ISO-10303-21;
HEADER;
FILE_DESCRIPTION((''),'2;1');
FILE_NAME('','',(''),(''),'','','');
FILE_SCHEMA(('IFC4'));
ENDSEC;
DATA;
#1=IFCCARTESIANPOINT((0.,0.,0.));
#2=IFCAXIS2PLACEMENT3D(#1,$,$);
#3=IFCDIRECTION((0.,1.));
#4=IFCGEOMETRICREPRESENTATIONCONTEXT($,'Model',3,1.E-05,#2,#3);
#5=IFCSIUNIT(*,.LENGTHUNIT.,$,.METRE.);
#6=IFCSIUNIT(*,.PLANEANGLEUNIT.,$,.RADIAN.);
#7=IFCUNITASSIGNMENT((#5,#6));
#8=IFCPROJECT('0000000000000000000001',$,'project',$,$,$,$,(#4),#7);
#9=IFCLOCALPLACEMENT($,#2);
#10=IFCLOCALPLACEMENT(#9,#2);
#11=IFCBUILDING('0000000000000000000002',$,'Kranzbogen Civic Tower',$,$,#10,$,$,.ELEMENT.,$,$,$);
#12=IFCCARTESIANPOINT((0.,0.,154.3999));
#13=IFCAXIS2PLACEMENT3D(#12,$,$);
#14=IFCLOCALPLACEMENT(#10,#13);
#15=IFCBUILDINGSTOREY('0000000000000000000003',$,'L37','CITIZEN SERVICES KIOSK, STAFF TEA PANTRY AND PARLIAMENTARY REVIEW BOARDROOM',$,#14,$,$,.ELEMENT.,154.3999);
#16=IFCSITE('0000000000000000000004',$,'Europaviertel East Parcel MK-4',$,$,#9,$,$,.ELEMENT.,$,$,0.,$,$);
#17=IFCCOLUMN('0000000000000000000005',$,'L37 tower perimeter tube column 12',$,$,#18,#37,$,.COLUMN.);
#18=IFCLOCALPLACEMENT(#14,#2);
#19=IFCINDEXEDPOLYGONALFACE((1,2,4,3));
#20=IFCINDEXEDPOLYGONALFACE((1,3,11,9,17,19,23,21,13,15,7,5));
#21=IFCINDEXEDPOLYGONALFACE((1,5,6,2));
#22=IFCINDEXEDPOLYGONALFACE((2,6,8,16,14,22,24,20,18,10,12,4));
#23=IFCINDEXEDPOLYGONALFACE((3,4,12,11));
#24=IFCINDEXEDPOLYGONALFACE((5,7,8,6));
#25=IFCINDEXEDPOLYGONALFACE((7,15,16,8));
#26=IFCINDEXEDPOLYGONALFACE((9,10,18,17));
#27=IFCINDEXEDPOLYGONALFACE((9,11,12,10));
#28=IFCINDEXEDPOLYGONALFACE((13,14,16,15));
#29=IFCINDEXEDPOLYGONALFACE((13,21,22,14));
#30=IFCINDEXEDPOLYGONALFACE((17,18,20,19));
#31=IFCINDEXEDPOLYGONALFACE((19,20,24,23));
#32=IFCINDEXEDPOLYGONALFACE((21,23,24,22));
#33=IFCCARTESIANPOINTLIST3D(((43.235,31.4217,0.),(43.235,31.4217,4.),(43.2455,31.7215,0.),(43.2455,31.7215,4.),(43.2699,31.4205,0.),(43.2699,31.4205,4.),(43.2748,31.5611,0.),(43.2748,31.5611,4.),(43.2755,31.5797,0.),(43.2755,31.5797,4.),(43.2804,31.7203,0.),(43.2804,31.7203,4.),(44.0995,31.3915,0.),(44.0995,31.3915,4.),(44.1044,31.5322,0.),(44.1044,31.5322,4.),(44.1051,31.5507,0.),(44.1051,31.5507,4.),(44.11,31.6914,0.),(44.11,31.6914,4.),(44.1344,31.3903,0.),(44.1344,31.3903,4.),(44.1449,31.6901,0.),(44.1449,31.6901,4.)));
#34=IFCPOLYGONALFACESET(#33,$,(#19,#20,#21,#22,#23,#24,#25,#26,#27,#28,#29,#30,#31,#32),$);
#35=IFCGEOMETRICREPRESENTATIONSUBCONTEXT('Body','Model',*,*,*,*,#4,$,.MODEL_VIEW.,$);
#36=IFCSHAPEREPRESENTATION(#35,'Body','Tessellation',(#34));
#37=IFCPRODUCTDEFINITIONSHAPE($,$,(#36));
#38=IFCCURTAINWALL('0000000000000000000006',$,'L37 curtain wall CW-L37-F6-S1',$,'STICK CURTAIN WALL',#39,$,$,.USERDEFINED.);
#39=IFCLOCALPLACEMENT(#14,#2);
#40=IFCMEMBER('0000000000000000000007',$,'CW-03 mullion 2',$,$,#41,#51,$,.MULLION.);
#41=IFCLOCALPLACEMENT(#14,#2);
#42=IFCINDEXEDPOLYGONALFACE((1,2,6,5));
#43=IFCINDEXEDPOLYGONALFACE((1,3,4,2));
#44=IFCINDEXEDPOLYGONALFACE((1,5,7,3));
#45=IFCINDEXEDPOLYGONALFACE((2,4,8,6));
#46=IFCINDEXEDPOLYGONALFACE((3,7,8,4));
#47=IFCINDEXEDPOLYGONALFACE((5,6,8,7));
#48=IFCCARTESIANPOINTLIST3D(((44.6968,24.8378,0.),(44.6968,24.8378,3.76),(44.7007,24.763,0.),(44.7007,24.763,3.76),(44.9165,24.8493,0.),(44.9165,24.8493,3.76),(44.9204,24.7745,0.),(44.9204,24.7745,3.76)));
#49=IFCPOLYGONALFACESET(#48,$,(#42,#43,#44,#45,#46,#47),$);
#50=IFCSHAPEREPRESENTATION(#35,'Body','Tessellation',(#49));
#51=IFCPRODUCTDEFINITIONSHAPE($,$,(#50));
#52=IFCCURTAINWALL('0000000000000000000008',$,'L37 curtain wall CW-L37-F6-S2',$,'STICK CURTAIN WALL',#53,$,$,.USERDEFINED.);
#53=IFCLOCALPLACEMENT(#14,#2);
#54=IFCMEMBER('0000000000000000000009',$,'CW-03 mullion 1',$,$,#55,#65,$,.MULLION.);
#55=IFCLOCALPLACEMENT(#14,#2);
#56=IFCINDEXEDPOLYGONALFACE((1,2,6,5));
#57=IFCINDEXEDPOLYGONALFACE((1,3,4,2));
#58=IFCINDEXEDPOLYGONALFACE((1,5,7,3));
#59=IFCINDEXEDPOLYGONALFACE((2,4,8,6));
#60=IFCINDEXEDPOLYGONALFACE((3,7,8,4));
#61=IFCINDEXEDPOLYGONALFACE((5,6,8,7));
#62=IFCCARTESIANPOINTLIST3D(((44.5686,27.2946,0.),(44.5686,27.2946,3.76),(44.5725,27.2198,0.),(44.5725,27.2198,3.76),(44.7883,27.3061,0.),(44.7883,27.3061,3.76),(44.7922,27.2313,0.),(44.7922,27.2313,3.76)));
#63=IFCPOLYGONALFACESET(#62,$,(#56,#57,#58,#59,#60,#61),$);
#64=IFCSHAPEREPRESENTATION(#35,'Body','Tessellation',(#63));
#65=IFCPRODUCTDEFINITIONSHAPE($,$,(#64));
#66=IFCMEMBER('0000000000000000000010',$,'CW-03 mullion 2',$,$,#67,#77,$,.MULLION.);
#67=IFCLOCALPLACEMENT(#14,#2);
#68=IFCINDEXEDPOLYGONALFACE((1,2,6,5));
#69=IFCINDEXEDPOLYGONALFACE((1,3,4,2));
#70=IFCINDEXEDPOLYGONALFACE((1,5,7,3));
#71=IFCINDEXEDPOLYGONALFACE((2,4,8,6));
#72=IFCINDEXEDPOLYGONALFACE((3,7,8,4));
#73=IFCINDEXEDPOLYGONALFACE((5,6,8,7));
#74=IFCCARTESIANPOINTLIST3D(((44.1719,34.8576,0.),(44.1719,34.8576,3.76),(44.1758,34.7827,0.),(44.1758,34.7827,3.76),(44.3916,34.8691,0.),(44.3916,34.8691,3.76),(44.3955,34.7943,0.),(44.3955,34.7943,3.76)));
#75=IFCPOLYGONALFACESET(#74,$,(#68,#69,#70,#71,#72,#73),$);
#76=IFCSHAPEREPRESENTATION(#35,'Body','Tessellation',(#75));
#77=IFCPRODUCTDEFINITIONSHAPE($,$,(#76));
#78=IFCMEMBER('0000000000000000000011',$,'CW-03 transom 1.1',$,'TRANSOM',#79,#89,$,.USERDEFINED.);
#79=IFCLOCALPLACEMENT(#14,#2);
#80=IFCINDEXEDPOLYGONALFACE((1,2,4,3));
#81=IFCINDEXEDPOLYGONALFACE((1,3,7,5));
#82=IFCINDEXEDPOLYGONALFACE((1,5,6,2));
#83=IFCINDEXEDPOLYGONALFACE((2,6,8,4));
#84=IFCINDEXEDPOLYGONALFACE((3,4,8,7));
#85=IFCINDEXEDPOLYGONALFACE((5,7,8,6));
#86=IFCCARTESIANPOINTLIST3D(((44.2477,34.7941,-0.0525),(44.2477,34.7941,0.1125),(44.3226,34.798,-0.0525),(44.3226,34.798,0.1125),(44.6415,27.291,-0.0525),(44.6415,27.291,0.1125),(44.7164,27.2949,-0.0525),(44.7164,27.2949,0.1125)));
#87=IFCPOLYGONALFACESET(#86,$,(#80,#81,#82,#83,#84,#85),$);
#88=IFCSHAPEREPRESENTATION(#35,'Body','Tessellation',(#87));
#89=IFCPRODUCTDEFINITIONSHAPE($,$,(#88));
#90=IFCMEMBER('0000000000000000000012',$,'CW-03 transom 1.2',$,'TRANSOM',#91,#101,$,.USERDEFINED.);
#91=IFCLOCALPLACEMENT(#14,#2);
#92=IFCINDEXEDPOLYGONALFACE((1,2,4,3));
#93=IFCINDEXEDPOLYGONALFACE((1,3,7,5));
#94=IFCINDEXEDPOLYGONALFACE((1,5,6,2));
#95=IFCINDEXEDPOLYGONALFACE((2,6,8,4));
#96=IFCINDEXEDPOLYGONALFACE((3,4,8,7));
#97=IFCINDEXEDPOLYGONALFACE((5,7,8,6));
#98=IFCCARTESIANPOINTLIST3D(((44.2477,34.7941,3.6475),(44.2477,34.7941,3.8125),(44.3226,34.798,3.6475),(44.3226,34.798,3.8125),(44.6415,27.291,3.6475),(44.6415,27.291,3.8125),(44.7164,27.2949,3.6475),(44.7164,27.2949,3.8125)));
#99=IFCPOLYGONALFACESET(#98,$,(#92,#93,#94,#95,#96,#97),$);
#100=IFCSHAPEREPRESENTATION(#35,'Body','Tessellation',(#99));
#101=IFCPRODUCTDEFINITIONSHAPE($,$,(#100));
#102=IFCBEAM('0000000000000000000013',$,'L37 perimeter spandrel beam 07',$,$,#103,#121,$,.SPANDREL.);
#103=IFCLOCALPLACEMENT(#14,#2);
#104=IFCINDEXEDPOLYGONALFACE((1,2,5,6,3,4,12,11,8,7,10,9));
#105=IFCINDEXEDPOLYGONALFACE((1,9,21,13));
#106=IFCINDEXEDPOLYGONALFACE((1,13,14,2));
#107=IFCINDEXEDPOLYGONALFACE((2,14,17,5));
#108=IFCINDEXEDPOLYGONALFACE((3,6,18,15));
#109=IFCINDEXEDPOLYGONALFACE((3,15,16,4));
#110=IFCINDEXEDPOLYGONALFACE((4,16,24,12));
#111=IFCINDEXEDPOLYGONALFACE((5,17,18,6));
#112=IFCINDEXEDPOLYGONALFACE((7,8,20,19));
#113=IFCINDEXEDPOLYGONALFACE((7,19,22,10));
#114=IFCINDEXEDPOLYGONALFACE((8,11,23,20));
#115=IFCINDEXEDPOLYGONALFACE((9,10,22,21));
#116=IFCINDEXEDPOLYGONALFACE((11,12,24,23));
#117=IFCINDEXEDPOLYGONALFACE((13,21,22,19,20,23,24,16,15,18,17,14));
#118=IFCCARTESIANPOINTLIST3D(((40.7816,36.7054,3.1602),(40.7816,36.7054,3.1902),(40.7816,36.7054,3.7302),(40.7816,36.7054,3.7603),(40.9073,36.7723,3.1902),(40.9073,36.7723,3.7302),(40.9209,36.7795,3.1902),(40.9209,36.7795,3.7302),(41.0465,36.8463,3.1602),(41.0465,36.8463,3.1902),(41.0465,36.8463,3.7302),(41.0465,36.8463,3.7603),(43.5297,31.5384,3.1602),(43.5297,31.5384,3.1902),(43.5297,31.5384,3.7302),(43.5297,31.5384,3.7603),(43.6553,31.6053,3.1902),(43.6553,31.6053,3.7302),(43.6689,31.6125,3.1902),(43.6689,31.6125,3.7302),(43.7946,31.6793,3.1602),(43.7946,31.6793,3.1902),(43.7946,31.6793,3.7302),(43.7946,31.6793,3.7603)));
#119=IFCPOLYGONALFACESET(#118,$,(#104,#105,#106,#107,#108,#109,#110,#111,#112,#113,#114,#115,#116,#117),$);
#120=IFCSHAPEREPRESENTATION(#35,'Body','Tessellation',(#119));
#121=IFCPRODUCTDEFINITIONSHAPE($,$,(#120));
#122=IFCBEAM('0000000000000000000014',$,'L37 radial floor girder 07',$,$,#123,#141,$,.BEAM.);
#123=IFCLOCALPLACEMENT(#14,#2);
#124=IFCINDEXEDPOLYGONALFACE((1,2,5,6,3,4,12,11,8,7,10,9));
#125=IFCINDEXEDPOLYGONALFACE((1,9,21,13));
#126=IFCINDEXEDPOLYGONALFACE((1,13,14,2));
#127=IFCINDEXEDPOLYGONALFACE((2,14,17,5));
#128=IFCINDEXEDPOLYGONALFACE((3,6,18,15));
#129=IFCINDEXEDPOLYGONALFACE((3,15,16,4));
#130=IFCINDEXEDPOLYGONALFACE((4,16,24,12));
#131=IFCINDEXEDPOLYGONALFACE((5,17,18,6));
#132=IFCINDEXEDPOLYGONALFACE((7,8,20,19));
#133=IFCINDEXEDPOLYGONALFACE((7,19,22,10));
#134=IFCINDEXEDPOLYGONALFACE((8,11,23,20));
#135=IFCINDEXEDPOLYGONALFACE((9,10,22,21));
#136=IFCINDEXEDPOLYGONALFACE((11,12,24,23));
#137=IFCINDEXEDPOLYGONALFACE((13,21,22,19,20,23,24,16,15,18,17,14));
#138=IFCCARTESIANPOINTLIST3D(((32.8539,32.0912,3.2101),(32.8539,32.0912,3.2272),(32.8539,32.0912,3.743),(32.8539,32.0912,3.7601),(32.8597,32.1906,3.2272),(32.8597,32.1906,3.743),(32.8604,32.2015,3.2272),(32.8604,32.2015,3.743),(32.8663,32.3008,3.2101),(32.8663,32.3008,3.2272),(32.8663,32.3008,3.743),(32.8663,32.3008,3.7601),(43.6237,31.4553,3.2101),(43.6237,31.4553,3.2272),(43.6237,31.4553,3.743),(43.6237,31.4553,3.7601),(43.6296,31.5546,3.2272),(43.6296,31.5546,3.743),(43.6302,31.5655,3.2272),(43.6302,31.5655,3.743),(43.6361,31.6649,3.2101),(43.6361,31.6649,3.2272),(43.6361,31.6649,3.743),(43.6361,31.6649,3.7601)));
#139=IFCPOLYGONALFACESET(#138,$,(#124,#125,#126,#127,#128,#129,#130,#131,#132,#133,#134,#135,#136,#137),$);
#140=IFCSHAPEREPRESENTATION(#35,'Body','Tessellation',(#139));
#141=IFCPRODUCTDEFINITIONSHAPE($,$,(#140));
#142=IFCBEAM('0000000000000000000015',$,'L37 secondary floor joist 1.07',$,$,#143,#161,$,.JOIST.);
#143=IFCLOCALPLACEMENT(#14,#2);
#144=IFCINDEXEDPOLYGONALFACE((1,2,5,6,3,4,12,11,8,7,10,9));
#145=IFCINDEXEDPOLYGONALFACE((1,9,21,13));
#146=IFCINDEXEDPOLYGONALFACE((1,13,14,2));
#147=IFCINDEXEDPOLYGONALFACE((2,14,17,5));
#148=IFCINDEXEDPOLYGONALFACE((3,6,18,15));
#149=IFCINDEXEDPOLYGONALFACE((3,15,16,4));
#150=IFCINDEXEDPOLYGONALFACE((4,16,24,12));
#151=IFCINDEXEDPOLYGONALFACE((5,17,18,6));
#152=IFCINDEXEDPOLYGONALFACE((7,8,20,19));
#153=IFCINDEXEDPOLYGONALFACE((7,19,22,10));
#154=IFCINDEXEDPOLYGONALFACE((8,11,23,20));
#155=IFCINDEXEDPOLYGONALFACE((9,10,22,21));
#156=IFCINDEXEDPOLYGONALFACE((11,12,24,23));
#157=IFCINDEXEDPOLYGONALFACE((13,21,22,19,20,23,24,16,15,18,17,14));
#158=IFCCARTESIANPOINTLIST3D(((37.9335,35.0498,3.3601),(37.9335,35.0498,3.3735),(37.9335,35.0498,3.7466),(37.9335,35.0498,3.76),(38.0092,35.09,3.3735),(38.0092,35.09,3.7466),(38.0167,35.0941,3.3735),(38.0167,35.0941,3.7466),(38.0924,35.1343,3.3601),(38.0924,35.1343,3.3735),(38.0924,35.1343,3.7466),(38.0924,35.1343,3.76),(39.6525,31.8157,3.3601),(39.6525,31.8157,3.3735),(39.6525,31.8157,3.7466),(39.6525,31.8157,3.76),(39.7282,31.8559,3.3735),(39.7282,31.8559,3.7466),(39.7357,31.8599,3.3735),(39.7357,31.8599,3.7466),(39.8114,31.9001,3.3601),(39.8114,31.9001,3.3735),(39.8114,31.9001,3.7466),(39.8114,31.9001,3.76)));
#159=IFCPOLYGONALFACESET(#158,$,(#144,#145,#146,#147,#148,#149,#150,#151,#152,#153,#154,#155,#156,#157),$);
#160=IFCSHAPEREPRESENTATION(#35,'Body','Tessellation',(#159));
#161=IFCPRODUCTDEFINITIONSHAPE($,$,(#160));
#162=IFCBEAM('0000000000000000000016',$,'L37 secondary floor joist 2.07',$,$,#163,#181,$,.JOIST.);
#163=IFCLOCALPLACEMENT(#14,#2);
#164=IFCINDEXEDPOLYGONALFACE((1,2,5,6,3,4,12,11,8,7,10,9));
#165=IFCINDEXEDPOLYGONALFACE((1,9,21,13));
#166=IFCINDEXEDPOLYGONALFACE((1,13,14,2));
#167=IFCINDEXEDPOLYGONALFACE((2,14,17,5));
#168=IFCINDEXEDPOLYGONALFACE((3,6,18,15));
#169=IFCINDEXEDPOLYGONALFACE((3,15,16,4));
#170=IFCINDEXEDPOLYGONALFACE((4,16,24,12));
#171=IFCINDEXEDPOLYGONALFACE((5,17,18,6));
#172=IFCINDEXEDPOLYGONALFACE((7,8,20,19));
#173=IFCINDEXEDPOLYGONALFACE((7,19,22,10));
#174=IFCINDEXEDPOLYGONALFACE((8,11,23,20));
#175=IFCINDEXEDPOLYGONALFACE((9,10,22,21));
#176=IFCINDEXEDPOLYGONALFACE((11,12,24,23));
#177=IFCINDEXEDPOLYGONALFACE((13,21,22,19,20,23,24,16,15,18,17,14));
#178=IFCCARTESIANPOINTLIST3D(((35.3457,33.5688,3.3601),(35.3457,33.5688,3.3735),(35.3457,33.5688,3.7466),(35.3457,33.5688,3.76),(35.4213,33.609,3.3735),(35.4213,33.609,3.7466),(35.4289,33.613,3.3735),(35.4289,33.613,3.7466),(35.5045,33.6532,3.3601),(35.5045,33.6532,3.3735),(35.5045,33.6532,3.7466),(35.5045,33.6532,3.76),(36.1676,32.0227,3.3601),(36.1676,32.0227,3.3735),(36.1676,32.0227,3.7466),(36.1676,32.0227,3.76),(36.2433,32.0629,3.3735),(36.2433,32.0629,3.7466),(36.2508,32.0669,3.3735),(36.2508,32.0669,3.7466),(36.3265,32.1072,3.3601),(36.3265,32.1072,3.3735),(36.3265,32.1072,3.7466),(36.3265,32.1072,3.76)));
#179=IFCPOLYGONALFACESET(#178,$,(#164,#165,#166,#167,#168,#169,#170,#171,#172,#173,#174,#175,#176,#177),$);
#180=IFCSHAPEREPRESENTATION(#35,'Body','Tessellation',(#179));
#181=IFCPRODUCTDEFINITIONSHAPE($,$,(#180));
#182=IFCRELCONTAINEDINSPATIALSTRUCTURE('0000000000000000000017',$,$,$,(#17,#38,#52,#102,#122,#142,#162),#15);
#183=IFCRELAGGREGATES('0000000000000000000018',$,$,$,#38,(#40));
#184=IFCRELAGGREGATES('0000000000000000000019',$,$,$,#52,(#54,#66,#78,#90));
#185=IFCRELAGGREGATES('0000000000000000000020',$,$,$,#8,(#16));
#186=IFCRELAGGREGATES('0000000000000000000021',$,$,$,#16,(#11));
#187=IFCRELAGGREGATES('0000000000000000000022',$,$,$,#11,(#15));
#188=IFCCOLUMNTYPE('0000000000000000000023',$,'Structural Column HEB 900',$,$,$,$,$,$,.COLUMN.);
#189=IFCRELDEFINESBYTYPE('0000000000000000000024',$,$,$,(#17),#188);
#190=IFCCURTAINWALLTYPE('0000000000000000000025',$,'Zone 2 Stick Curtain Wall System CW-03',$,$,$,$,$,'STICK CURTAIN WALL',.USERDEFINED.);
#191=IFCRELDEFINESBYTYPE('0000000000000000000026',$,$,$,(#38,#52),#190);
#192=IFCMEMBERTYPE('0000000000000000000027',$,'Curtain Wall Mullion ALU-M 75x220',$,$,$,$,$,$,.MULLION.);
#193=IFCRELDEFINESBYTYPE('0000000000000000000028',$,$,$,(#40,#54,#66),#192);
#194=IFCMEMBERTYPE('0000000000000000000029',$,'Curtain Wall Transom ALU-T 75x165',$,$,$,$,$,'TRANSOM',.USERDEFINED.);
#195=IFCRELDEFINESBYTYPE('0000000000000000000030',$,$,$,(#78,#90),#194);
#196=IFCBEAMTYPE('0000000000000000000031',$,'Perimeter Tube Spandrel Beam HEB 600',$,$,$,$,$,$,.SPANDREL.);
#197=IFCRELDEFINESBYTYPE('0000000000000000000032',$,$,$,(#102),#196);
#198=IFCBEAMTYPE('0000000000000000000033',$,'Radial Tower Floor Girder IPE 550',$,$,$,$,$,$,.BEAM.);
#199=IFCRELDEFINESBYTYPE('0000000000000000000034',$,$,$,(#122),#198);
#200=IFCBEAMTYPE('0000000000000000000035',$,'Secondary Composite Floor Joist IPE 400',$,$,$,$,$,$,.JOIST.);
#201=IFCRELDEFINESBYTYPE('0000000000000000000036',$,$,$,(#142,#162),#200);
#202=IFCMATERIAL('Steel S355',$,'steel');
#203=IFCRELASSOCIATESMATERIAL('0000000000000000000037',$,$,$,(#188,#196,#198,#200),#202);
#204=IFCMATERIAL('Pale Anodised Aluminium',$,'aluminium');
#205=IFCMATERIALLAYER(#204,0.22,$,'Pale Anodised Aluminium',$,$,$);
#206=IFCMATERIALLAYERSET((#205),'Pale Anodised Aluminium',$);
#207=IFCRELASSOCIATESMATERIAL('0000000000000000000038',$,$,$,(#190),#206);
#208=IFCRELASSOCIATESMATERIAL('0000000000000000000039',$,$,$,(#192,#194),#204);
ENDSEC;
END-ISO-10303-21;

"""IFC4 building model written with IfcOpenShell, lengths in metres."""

from ifc_helpers import new_model, si_unit, direction, frame, origin, origin_2d, place, context, subcontext, project, spatial, rectangle, i_section, extrude, material, layer, layer_set, material_profile, profile_set, type_object, element, aggregate, save


model = new_model("IFC4")

# Units and contexts
model_context = context("Model", 3, precision=1e-05, world=origin(), true_north=direction((0.0, 1.0)))
body_context = subcontext(model_context, "Body", "Model", "MODEL_VIEW")
ifc_project = project(units=[si_unit("LENGTHUNIT", "METRE"), si_unit("PLANEANGLEUNIT", "RADIAN")], contexts=[model_context])

# Site, building, storey
site_placement = place(None, origin())
site = spatial("IfcSite", under=ifc_project, at=site_placement, Name="Europaviertel East Parcel MK-4", CompositionType="ELEMENT", RefElevation=0.0)
building_placement = place(site_placement, origin())
building = spatial("IfcBuilding", under=site, at=building_placement, Name="Kranzbogen Civic Tower", CompositionType="ELEMENT")
storey_placement = place(building_placement, frame((0.0, 0.0, 154.3999)))
storey = spatial("IfcBuildingStorey", under=building, at=storey_placement, Name="L37", Description="CITIZEN SERVICES KIOSK, STAFF TEA PANTRY AND PARLIAMENTARY REVIEW BOARDROOM", CompositionType="ELEMENT", Elevation=154.3999)

# Column
ifc_material_1 = material(Name="Steel S355", Category="steel")
ifc_material_profile_1 = material_profile(ifc_material_1, i_section(OverallWidth=0.3, OverallDepth=0.8999, WebThickness=0.0186, FlangeThickness=0.0349, at=origin_2d()), Name="HEB 900")
ifc_profile_set_1 = profile_set([ifc_material_profile_1], Name="Steel S355")
column_type = type_object("IfcColumnType", Name="Structural Column HEB 900", PredefinedType="COLUMN", material=ifc_profile_set_1)
column_placement = place(storey_placement, frame((43.6899, 31.5559, 0.0), z_axis=(0.0, 0.0, 1.0), x_axis=(0.034899, 0.999391, 0.0)))
element("IfcColumn", 1, at=column_placement, inside=storey, type_object=column_type, Name="L37 tower perimeter tube column 12", PredefinedType="COLUMN", context=body_context, shape_type="SweptSolid", body=[
    extrude(i_section(OverallWidth=0.3, OverallDepth=0.8999, WebThickness=0.0186, FlangeThickness=0.0349, at=origin_2d()), origin(), (0.0, 0.0, 1.0), 4.0),
])

# Curtain wall, member
ifc_material_2 = material(Name="Pale Anodised Aluminium", Category="aluminium")
ifc_layer_1 = layer(ifc_material_2, 0.22, Name="Pale Anodised Aluminium")
ifc_layer_set_1 = layer_set([ifc_layer_1], Name="Pale Anodised Aluminium")
curtain_wall_type = type_object("IfcCurtainWallType", Name="Zone 2 Stick Curtain Wall System CW-03", ElementType="STICK CURTAIN WALL", PredefinedType="USERDEFINED", material=ifc_layer_set_1)
curtain_wall_1_placement = place(storey_placement, origin())
curtain_wall_1 = element("IfcCurtainWall", 2, at=curtain_wall_1_placement, inside=storey, type_object=curtain_wall_type, Name="L37 curtain wall CW-L37-F6-S1", ObjectType="STICK CURTAIN WALL", PredefinedType="USERDEFINED")
ifc_material_profile_2 = material_profile(ifc_material_2, rectangle(XDim=0.075, YDim=0.22, at=origin_2d()), Name="ALU-M 75x220")
ifc_profile_set_2 = profile_set([ifc_material_profile_2], Name="Pale Anodised Aluminium")
member_type_1 = type_object("IfcMemberType", Name="Curtain Wall Mullion ALU-M 75x220", PredefinedType="MULLION", material=ifc_profile_set_2)
member_1_placement = place(storey_placement, frame((44.8086, 24.8062, 0.0), z_axis=(0.0, 0.0, 1.0), x_axis=(-0.052394, 0.998626, 0.0)))
member_1 = element("IfcMember", 3, at=member_1_placement, type_object=member_type_1, Name="CW-03 mullion 2", PredefinedType="MULLION", context=body_context, shape_type="SweptSolid", body=[
    extrude(rectangle(XDim=0.075, YDim=0.22, at=origin_2d()), origin(), (0.0, 0.0, 1.0), 3.76),
])
aggregate(curtain_wall_1, [member_1])

# Curtain wall, members
curtain_wall_2_placement = place(storey_placement, origin())
curtain_wall_2 = element("IfcCurtainWall", 4, at=curtain_wall_2_placement, inside=storey, type_object=curtain_wall_type, Name="L37 curtain wall CW-L37-F6-S2", ObjectType="STICK CURTAIN WALL", PredefinedType="USERDEFINED")
member_2_placement = place(storey_placement, frame((44.6804, 27.2629, 0.0), z_axis=(0.0, 0.0, 1.0), x_axis=(-0.052401, 0.998626, 0.0)))
member_2 = element("IfcMember", 5, at=member_2_placement, type_object=member_type_1, Name="CW-03 mullion 1", PredefinedType="MULLION", context=body_context, shape_type="SweptSolid", body=[
    extrude(rectangle(XDim=0.075, YDim=0.22, at=origin_2d()), origin(), (0.0, 0.0, 1.0), 3.76),
])
member_3_placement = place(storey_placement, frame((44.2837, 34.8259, 0.0), z_axis=(0.0, 0.0, 1.0), x_axis=(-0.052401, 0.998626, 0.0)))
member_3 = element("IfcMember", 6, at=member_3_placement, type_object=member_type_1, Name="CW-03 mullion 2", PredefinedType="MULLION", context=body_context, shape_type="SweptSolid", body=[
    extrude(rectangle(XDim=0.075, YDim=0.22, at=origin_2d()), origin(), (0.0, 0.0, 1.0), 3.76),
])
ifc_material_profile_3 = material_profile(ifc_material_2, rectangle(XDim=0.075, YDim=0.165, at=origin_2d()), Name="ALU-T 75x165")
ifc_profile_set_3 = profile_set([ifc_material_profile_3], Name="Pale Anodised Aluminium")
member_type_2 = type_object("IfcMemberType", Name="Curtain Wall Transom ALU-T 75x165", ElementType="TRANSOM", PredefinedType="USERDEFINED", material=ifc_profile_set_3)
member_4_placement = place(storey_placement, frame((44.679, 27.293, 0.03), z_axis=(-0.052412, 0.998626, 0.0), x_axis=(-0.998626, -0.052412, 0.0)))
member_4 = element("IfcMember", 7, at=member_4_placement, type_object=member_type_2, Name="CW-03 transom 1.1", ObjectType="TRANSOM", PredefinedType="USERDEFINED", context=body_context, shape_type="SweptSolid", body=[
    extrude(rectangle(XDim=0.075, YDim=0.165, at=origin_2d()), origin(), (0.0, 0.0, 1.0), 7.5134),
])
member_5_placement = place(storey_placement, frame((44.679, 27.293, 3.73), z_axis=(-0.052412, 0.998626, 0.0), x_axis=(-0.998626, -0.052412, 0.0)))
member_5 = element("IfcMember", 8, at=member_5_placement, type_object=member_type_2, Name="CW-03 transom 1.2", ObjectType="TRANSOM", PredefinedType="USERDEFINED", context=body_context, shape_type="SweptSolid", body=[
    extrude(rectangle(XDim=0.075, YDim=0.165, at=origin_2d()), origin(), (0.0, 0.0, 1.0), 7.5134),
])

# Beams
ifc_material_profile_4 = material_profile(ifc_material_1, i_section(OverallWidth=0.3, OverallDepth=0.6001, WebThickness=0.0154, FlangeThickness=0.03, at=origin_2d()), Name="HEB 600")
ifc_profile_set_4 = profile_set([ifc_material_profile_4], Name="Steel S355")
beam_type_1 = type_object("IfcBeamType", Name="Perimeter Tube Spandrel Beam HEB 600", PredefinedType="SPANDREL", material=ifc_profile_set_4)
beam_1_placement = place(storey_placement, frame((43.6621, 31.6089, 3.4602), z_axis=(-0.469566, 0.882897, 0.0), x_axis=(-0.882897, -0.469566, 0.0)))
element("IfcBeam", 9, at=beam_1_placement, inside=storey, type_object=beam_type_1, Name="L37 perimeter spandrel beam 07", PredefinedType="SPANDREL", context=body_context, shape_type="SweptSolid", body=[
    extrude(i_section(OverallWidth=0.3, OverallDepth=0.6001, WebThickness=0.0154, FlangeThickness=0.03, at=origin_2d()), origin(), (0.0, 0.0, 1.0), 5.8523),
])
ifc_material_profile_5 = material_profile(ifc_material_1, i_section(OverallWidth=0.21, OverallDepth=0.55, WebThickness=0.011, FlangeThickness=0.0171, at=origin_2d()), Name="IPE 550")
ifc_profile_set_5 = profile_set([ifc_material_profile_5], Name="Steel S355")
beam_type_2 = type_object("IfcBeamType", Name="Radial Tower Floor Girder IPE 550", PredefinedType="BEAM", material=ifc_profile_set_5)
beam_2_placement = place(storey_placement, frame((43.6299, 31.5601, 3.4851), z_axis=(-0.998261, 0.05895, 0.0), x_axis=(-0.05895, -0.998261, 0.0)))
element("IfcBeam", 10, at=beam_2_placement, inside=storey, type_object=beam_type_2, Name="L37 radial floor girder 07", PredefinedType="BEAM", context=body_context, shape_type="SweptSolid", body=[
    extrude(i_section(OverallWidth=0.21, OverallDepth=0.55, WebThickness=0.011, FlangeThickness=0.0171, at=origin_2d()), origin(), (0.0, 0.0, 1.0), 10.7886),
])
ifc_material_profile_6 = material_profile(ifc_material_1, i_section(OverallWidth=0.1799, OverallDepth=0.3999, WebThickness=0.0085, FlangeThickness=0.0134, at=origin_2d()), Name="IPE 400")
ifc_profile_set_6 = profile_set([ifc_material_profile_6], Name="Steel S355")
beam_type_3 = type_object("IfcBeamType", Name="Secondary Composite Floor Joist IPE 400", PredefinedType="JOIST", material=ifc_profile_set_6)
beam_3_placement = place(storey_placement, frame((39.7319, 31.8579, 3.5601), z_axis=(-0.469339, 0.883018, 0.0), x_axis=(-0.883018, -0.469339, 0.0)))
element("IfcBeam", 11, at=beam_3_placement, inside=storey, type_object=beam_type_3, Name="L37 secondary floor joist 1.07", PredefinedType="JOIST", context=body_context, shape_type="SweptSolid", body=[
    extrude(i_section(OverallWidth=0.1799, OverallDepth=0.3999, WebThickness=0.0085, FlangeThickness=0.0134, at=origin_2d()), origin(), (0.0, 0.0, 1.0), 3.6626),
])
beam_4_placement = place(storey_placement, frame((36.2471, 32.0649, 3.5601), z_axis=(-0.469437, 0.882966, 0.0), x_axis=(-0.882966, -0.469437, 0.0)))
element("IfcBeam", 12, at=beam_4_placement, inside=storey, type_object=beam_type_3, Name="L37 secondary floor joist 2.07", PredefinedType="JOIST", context=body_context, shape_type="SweptSolid", body=[
    extrude(i_section(OverallWidth=0.1799, OverallDepth=0.3999, WebThickness=0.0085, FlangeThickness=0.0134, at=origin_2d()), origin(), (0.0, 0.0, 1.0), 1.751),
])

aggregate(curtain_wall_2, [member_2, member_3, member_4, member_5])

save(model, "model.ifc")
